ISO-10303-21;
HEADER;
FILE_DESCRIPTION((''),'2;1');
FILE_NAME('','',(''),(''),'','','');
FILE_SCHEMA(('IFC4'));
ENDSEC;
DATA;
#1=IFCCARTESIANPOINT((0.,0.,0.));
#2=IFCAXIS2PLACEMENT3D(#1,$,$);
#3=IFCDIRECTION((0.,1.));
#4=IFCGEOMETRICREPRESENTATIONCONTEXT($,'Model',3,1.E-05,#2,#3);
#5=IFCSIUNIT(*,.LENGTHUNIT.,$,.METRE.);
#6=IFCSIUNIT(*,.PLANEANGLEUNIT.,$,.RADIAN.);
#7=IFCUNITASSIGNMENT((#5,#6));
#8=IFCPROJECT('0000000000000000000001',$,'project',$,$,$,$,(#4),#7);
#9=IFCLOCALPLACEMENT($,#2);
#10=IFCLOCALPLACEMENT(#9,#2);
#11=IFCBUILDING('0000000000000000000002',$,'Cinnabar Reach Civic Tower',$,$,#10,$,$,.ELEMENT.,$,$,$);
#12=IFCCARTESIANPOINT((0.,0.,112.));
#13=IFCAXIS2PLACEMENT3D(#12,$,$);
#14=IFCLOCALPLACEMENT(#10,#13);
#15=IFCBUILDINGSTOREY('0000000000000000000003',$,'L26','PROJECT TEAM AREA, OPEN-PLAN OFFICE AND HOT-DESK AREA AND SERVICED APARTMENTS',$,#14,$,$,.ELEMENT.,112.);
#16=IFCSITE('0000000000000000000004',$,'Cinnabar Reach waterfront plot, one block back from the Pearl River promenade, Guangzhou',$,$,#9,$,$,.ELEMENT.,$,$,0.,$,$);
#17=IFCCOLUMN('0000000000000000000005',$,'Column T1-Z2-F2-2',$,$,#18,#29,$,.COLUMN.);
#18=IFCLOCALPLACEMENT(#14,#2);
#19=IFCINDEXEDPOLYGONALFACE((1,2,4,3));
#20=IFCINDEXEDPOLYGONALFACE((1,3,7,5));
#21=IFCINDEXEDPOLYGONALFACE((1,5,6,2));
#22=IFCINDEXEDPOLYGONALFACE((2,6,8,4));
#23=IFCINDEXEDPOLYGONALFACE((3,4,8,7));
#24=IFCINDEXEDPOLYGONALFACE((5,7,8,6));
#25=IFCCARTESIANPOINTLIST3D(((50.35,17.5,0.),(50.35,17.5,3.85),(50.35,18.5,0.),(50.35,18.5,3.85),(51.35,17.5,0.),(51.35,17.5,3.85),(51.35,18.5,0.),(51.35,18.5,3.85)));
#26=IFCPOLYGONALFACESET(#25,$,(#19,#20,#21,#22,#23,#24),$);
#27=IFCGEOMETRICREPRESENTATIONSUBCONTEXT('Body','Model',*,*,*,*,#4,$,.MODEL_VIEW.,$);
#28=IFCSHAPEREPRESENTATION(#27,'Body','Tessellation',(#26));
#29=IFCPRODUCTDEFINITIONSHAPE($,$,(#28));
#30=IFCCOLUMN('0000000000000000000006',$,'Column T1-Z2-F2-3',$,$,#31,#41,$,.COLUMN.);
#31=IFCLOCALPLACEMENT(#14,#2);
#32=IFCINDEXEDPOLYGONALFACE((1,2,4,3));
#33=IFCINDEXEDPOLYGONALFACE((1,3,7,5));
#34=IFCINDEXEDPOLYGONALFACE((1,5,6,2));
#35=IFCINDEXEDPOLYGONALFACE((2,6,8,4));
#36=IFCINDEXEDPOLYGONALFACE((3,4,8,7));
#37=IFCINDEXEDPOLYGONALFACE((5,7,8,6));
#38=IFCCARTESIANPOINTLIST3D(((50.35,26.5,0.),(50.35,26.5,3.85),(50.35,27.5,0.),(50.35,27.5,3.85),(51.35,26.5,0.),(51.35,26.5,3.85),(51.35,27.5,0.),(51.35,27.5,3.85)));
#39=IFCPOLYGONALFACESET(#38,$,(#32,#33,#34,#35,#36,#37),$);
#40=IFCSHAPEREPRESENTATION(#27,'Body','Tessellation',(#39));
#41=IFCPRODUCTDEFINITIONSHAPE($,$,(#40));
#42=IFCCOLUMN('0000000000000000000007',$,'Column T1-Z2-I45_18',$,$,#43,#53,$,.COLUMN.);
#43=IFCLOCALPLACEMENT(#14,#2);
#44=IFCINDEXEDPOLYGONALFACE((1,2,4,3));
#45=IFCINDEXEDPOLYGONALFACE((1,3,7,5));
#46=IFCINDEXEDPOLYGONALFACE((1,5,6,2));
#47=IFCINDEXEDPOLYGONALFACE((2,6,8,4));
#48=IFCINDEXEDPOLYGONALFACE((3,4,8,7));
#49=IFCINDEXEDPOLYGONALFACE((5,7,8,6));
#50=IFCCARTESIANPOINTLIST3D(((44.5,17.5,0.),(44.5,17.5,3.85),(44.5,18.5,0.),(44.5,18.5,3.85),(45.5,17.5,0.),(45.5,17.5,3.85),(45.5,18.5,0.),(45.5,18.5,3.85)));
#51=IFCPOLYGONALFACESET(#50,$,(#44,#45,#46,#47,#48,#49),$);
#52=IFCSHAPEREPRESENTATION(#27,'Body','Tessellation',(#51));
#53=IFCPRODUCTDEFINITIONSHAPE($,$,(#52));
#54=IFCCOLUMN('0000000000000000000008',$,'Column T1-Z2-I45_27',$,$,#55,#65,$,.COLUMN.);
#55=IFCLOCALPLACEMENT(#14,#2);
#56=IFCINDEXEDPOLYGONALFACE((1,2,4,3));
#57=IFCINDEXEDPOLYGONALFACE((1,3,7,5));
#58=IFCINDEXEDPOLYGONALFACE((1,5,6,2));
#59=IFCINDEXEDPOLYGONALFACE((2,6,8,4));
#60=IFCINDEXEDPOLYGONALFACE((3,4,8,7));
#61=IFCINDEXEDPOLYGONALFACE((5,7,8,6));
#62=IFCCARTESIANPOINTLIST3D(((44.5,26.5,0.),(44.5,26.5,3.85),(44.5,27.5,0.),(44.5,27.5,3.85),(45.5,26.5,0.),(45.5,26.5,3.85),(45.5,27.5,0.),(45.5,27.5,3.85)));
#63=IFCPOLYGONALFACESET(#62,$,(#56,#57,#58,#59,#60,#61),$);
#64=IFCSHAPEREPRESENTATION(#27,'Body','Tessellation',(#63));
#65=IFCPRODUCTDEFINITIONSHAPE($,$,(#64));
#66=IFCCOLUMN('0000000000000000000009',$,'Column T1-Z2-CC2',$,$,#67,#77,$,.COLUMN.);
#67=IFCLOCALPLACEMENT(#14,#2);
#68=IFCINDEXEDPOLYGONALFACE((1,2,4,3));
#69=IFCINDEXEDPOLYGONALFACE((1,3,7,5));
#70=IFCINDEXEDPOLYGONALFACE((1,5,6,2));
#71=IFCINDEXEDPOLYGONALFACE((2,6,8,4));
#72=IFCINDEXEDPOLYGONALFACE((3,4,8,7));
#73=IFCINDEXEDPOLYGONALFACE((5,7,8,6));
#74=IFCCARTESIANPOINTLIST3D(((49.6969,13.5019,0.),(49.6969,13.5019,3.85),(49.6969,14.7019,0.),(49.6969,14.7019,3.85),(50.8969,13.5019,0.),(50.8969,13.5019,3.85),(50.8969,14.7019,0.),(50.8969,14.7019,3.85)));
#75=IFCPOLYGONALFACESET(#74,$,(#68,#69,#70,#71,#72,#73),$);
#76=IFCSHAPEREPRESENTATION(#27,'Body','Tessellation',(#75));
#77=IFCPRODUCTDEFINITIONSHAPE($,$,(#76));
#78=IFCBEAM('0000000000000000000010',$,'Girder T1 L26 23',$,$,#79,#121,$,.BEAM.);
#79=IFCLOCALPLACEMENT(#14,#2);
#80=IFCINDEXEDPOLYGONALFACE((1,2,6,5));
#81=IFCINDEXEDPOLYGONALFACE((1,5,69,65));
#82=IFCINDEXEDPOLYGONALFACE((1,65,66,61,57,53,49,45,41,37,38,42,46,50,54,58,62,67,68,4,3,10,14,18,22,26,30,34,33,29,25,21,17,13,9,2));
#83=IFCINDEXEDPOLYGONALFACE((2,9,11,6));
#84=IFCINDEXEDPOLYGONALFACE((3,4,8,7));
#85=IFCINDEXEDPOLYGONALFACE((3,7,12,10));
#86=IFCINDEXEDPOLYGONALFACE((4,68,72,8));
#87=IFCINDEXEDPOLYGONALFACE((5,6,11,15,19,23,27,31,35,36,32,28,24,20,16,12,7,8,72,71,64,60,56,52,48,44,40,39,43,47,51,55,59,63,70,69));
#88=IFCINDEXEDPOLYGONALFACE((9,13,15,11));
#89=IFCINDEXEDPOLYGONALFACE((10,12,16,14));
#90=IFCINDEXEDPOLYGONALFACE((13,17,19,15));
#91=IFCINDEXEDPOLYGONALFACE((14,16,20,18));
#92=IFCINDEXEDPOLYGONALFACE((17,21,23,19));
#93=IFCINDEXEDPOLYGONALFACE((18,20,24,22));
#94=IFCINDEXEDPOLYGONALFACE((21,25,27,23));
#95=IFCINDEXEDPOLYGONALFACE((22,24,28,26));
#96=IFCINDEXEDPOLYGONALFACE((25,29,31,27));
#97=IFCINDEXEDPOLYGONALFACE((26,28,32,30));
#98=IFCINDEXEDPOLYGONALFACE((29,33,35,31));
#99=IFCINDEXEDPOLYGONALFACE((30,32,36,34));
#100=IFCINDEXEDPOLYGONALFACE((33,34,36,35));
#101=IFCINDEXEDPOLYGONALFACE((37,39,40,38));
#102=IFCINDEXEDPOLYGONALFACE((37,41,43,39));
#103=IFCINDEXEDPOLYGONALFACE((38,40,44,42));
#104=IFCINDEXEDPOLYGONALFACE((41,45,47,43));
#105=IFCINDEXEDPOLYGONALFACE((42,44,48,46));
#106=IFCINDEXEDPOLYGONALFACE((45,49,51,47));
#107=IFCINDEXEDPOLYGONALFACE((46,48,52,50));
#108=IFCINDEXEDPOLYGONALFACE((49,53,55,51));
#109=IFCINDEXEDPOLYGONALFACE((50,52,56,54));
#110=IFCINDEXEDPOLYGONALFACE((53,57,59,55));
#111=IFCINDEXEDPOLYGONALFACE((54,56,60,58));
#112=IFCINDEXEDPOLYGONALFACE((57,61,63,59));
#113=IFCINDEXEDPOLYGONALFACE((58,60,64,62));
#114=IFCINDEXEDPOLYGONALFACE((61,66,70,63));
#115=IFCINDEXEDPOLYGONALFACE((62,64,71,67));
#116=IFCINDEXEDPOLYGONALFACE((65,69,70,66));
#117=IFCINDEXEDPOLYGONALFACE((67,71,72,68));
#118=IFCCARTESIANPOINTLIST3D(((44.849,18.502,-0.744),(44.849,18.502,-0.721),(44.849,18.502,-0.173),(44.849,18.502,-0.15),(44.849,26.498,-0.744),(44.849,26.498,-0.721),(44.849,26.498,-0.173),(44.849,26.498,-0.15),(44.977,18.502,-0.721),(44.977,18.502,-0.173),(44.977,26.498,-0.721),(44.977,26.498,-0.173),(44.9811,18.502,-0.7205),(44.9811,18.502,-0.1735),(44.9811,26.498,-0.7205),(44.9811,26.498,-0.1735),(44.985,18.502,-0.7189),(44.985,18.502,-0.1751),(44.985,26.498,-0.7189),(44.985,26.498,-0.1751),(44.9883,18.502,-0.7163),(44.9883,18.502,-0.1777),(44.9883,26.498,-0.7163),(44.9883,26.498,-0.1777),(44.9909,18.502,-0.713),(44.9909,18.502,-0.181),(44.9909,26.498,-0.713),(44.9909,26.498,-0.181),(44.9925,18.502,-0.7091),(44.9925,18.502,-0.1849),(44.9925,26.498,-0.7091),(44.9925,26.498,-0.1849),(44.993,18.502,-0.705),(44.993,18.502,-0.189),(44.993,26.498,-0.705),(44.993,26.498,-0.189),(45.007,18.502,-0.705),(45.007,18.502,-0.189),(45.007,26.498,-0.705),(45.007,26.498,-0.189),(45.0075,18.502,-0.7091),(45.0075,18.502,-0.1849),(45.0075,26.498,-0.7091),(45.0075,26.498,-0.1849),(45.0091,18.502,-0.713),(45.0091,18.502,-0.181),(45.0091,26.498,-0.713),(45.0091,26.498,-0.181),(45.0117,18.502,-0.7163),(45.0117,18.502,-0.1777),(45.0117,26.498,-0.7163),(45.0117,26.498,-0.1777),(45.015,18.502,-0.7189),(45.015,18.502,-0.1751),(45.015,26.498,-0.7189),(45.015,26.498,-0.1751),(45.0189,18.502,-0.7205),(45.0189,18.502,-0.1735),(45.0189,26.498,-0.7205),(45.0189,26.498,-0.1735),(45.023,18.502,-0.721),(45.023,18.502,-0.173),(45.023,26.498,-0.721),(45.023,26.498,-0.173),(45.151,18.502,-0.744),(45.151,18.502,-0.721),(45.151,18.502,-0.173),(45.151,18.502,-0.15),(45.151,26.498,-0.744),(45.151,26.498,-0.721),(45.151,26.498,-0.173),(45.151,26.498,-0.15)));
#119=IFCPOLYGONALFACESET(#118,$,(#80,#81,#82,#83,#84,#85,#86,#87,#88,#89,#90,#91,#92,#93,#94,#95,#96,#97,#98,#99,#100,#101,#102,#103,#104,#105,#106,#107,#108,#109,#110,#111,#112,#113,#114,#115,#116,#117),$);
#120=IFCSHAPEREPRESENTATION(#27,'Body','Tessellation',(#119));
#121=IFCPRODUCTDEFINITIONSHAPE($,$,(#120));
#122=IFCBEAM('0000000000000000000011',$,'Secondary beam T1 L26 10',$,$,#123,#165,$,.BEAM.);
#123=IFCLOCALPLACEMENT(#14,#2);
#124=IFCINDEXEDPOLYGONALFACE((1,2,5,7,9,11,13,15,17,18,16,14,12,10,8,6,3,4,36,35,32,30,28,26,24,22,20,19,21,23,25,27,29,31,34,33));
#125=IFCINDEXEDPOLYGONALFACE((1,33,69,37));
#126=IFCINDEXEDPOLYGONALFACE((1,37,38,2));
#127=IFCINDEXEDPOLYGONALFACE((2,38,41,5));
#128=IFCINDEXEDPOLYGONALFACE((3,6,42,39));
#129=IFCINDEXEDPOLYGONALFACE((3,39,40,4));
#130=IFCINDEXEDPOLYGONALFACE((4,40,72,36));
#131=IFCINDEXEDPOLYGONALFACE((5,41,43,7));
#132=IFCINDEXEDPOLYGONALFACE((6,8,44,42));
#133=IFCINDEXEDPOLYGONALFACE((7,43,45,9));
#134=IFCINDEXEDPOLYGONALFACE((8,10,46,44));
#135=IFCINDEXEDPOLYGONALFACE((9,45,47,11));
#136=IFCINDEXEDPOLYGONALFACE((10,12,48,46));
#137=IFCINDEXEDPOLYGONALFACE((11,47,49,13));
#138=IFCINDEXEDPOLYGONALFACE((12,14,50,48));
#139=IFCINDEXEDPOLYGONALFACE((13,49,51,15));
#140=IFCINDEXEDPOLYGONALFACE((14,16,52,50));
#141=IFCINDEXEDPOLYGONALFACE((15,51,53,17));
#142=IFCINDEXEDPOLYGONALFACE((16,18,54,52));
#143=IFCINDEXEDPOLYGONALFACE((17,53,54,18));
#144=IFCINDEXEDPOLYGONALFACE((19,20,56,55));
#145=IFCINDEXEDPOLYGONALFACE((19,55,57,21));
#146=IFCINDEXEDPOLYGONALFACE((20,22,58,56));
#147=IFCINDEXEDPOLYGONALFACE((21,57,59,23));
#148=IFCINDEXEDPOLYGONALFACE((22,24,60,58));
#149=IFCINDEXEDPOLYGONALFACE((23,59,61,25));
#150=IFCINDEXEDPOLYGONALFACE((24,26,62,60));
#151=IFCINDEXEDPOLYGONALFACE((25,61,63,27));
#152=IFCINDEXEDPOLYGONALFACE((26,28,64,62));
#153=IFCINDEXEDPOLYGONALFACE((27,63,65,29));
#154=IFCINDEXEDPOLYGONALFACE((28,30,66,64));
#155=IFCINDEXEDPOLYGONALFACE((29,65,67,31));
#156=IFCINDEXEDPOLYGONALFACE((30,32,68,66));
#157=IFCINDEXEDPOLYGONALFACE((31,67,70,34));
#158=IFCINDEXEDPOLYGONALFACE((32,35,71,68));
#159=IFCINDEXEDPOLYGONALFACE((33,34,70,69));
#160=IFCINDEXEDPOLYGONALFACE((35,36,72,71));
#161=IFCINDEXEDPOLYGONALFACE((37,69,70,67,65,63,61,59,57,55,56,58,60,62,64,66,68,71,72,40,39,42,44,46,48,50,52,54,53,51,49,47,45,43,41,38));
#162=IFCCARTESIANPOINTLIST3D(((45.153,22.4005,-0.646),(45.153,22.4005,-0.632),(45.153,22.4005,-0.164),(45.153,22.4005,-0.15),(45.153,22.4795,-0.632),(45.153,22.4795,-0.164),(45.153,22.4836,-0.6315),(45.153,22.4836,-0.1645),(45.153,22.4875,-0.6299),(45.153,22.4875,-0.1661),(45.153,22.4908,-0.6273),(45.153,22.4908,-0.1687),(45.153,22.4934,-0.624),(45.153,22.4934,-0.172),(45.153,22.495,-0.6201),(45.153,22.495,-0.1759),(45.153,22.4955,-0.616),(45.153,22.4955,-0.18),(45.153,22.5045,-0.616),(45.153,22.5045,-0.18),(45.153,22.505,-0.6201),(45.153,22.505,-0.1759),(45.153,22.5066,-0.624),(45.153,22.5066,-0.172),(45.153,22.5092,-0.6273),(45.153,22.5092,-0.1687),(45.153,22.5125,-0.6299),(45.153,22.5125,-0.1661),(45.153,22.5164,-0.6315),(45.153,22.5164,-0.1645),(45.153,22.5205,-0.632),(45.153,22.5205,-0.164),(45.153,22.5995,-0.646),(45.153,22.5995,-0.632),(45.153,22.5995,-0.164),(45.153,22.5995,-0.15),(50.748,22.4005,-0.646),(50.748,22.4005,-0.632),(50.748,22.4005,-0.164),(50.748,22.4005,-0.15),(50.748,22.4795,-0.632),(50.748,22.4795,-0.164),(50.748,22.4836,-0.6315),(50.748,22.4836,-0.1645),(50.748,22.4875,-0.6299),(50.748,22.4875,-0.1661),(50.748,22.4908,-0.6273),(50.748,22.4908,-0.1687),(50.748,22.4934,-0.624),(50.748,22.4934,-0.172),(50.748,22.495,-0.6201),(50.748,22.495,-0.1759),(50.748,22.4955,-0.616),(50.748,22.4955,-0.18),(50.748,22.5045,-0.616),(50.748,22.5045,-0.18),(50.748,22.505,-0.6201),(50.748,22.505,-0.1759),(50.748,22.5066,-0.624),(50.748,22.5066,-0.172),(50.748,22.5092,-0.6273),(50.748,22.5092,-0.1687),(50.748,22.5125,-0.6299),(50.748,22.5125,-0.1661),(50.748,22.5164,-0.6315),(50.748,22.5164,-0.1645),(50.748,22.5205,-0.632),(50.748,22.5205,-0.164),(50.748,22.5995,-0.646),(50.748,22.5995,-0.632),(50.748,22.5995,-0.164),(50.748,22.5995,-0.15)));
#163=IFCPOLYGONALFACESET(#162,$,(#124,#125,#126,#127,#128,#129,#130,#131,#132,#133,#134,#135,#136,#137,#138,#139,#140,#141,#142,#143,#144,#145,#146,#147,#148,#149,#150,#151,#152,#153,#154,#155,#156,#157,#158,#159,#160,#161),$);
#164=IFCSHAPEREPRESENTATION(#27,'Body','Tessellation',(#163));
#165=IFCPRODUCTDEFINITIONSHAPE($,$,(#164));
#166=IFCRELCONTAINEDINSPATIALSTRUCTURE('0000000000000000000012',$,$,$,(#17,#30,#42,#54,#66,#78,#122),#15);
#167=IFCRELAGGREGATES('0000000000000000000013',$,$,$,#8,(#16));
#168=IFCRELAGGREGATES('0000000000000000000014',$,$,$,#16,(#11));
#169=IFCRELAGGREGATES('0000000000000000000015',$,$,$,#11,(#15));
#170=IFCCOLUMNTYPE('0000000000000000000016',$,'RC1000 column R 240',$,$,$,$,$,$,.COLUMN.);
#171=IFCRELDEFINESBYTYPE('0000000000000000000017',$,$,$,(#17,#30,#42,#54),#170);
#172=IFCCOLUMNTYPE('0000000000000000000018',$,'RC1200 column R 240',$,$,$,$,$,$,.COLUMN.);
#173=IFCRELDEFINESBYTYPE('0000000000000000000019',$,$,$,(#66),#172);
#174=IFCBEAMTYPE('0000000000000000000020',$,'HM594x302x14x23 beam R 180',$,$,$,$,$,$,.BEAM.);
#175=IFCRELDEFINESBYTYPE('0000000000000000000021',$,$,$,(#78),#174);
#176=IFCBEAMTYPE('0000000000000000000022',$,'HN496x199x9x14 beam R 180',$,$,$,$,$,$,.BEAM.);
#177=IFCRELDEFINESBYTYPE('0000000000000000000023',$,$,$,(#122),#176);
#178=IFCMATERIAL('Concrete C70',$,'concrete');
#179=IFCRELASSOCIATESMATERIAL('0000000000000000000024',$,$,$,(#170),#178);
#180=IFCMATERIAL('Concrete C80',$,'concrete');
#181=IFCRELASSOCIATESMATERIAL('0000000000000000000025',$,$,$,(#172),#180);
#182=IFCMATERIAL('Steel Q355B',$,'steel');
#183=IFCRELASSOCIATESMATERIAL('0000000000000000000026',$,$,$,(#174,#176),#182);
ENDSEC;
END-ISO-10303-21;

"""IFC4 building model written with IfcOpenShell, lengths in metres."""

from ifc_helpers import new_model, si_unit, direction, frame, origin, origin_2d, place, context, subcontext, project, spatial, rectangle, i_section, extrude, material, material_profile, profile_set, type_object, element, save


model = new_model("IFC4")

# Units and contexts
model_context = context("Model", 3, precision=1e-05, world=origin(), true_north=direction((0.0, 1.0)))
body_context = subcontext(model_context, "Body", "Model", "MODEL_VIEW")
ifc_project = project(units=[si_unit("LENGTHUNIT", "METRE"), si_unit("PLANEANGLEUNIT", "RADIAN")], contexts=[model_context])

# Site, building, storey
site_placement = place(None, origin())
site = spatial("IfcSite", under=ifc_project, at=site_placement, Name="Cinnabar Reach waterfront plot, one block back from the Pearl River promenade, Guangzhou", CompositionType="ELEMENT", RefElevation=0.0)
building_placement = place(site_placement, origin())
building = spatial("IfcBuilding", under=site, at=building_placement, Name="Cinnabar Reach Civic Tower", CompositionType="ELEMENT")
storey_placement = place(building_placement, frame((0.0, 0.0, 112.0)))
storey = spatial("IfcBuildingStorey", under=building, at=storey_placement, Name="L26", Description="PROJECT TEAM AREA, OPEN-PLAN OFFICE AND HOT-DESK AREA AND SERVICED APARTMENTS", CompositionType="ELEMENT", Elevation=112.0)

# Columns
ifc_material_1 = material(Name="Concrete C70", Category="concrete")
ifc_material_profile_1 = material_profile(ifc_material_1, rectangle(XDim=1.0, YDim=1.0, at=origin_2d()), Name="RC1000")
ifc_profile_set_1 = profile_set([ifc_material_profile_1], Name="Concrete C70")
column_type_1 = type_object("IfcColumnType", Name="RC1000 column R 240", PredefinedType="COLUMN", material=ifc_profile_set_1)
for number, where, z_axis, x_axis, name in (
    (1, (50.85, 18.0, 0.0), (0.0, 0.0, 1.0), (1.0, 0.0, 0.0), "Column T1-Z2-F2-2"),
    (2, (50.85, 27.0, 0.0), (0.0, 0.0, 1.0), (1.0, 0.0, 0.0), "Column T1-Z2-F2-3"),
    (3, (45.0, 18.0, 0.0), (0.0, 0.0, 1.0), (1.0, 0.0, 0.0), "Column T1-Z2-I45_18"),
    (4, (45.0, 27.0, 0.0), (0.0, 0.0, 1.0), (1.0, 0.0, 0.0), "Column T1-Z2-I45_27"),
):
    element("IfcColumn", number, at=place(storey_placement, frame(where, z_axis=z_axis, x_axis=x_axis)), inside=storey, type_object=column_type_1, Name=name, PredefinedType="COLUMN", context=body_context, shape_type="SweptSolid", body=[
        extrude(rectangle(XDim=1.0, YDim=1.0, at=origin_2d()), origin(), (0.0, 0.0, 1.0), 3.85),
    ])
ifc_material_2 = material(Name="Concrete C80", Category="concrete")
ifc_material_profile_2 = material_profile(ifc_material_2, rectangle(XDim=1.2, YDim=1.2, at=origin_2d()), Name="RC1200")
ifc_profile_set_2 = profile_set([ifc_material_profile_2], Name="Concrete C80")
column_type_2 = type_object("IfcColumnType", Name="RC1200 column R 240", PredefinedType="COLUMN", material=ifc_profile_set_2)
column_placement = place(storey_placement, frame((50.2969, 14.1019, 0.0), z_axis=(0.0, 0.0, 1.0), x_axis=(1.0, 0.0, 0.0)))
element("IfcColumn", 5, at=column_placement, inside=storey, type_object=column_type_2, Name="Column T1-Z2-CC2", PredefinedType="COLUMN", context=body_context, shape_type="SweptSolid", body=[
    extrude(rectangle(XDim=1.2, YDim=1.2, at=origin_2d()), origin(), (0.0, 0.0, 1.0), 3.85),
])

# Beams
ifc_material_3 = material(Name="Steel Q355B", Category="steel")
ifc_material_profile_3 = material_profile(ifc_material_3, i_section(OverallWidth=0.302, OverallDepth=0.594, WebThickness=0.014, FlangeThickness=0.023, FilletRadius=0.016, at=origin_2d()), Name="HM594x302x14x23")
ifc_profile_set_3 = profile_set([ifc_material_profile_3], Name="Steel Q355B")
beam_type_1 = type_object("IfcBeamType", Name="HM594x302x14x23 beam R 180", PredefinedType="BEAM", material=ifc_profile_set_3)
beam_1_placement = place(storey_placement, frame((45.0, 18.502, -0.447), z_axis=(0.0, 1.0, 0.0), x_axis=(-1.0, 0.0, 0.0)))
element("IfcBeam", 6, at=beam_1_placement, inside=storey, type_object=beam_type_1, Name="Girder T1 L26 23", PredefinedType="BEAM", context=body_context, shape_type="SweptSolid", body=[
    extrude(i_section(OverallWidth=0.302, OverallDepth=0.594, WebThickness=0.014, FlangeThickness=0.023, FilletRadius=0.016, at=origin_2d()), origin(), (0.0, 0.0, 1.0), 7.996),
])
ifc_material_profile_4 = material_profile(ifc_material_3, i_section(OverallWidth=0.199, OverallDepth=0.496, WebThickness=0.009, FlangeThickness=0.014, FilletRadius=0.016, at=origin_2d()), Name="HN496x199x9x14")
ifc_profile_set_4 = profile_set([ifc_material_profile_4], Name="Steel Q355B")
beam_type_2 = type_object("IfcBeamType", Name="HN496x199x9x14 beam R 180", PredefinedType="BEAM", material=ifc_profile_set_4)
beam_2_placement = place(storey_placement, frame((45.153, 22.5, -0.398), z_axis=(1.0, 0.0, 0.0), x_axis=(0.0, 1.0, 0.0)))
element("IfcBeam", 7, at=beam_2_placement, inside=storey, type_object=beam_type_2, Name="Secondary beam T1 L26 10", PredefinedType="BEAM", context=body_context, shape_type="SweptSolid", body=[
    extrude(i_section(OverallWidth=0.199, OverallDepth=0.496, WebThickness=0.009, FlangeThickness=0.014, FilletRadius=0.016, at=origin_2d()), origin(), (0.0, 0.0, 1.0), 5.595),
])

save(model, "model.ifc")
